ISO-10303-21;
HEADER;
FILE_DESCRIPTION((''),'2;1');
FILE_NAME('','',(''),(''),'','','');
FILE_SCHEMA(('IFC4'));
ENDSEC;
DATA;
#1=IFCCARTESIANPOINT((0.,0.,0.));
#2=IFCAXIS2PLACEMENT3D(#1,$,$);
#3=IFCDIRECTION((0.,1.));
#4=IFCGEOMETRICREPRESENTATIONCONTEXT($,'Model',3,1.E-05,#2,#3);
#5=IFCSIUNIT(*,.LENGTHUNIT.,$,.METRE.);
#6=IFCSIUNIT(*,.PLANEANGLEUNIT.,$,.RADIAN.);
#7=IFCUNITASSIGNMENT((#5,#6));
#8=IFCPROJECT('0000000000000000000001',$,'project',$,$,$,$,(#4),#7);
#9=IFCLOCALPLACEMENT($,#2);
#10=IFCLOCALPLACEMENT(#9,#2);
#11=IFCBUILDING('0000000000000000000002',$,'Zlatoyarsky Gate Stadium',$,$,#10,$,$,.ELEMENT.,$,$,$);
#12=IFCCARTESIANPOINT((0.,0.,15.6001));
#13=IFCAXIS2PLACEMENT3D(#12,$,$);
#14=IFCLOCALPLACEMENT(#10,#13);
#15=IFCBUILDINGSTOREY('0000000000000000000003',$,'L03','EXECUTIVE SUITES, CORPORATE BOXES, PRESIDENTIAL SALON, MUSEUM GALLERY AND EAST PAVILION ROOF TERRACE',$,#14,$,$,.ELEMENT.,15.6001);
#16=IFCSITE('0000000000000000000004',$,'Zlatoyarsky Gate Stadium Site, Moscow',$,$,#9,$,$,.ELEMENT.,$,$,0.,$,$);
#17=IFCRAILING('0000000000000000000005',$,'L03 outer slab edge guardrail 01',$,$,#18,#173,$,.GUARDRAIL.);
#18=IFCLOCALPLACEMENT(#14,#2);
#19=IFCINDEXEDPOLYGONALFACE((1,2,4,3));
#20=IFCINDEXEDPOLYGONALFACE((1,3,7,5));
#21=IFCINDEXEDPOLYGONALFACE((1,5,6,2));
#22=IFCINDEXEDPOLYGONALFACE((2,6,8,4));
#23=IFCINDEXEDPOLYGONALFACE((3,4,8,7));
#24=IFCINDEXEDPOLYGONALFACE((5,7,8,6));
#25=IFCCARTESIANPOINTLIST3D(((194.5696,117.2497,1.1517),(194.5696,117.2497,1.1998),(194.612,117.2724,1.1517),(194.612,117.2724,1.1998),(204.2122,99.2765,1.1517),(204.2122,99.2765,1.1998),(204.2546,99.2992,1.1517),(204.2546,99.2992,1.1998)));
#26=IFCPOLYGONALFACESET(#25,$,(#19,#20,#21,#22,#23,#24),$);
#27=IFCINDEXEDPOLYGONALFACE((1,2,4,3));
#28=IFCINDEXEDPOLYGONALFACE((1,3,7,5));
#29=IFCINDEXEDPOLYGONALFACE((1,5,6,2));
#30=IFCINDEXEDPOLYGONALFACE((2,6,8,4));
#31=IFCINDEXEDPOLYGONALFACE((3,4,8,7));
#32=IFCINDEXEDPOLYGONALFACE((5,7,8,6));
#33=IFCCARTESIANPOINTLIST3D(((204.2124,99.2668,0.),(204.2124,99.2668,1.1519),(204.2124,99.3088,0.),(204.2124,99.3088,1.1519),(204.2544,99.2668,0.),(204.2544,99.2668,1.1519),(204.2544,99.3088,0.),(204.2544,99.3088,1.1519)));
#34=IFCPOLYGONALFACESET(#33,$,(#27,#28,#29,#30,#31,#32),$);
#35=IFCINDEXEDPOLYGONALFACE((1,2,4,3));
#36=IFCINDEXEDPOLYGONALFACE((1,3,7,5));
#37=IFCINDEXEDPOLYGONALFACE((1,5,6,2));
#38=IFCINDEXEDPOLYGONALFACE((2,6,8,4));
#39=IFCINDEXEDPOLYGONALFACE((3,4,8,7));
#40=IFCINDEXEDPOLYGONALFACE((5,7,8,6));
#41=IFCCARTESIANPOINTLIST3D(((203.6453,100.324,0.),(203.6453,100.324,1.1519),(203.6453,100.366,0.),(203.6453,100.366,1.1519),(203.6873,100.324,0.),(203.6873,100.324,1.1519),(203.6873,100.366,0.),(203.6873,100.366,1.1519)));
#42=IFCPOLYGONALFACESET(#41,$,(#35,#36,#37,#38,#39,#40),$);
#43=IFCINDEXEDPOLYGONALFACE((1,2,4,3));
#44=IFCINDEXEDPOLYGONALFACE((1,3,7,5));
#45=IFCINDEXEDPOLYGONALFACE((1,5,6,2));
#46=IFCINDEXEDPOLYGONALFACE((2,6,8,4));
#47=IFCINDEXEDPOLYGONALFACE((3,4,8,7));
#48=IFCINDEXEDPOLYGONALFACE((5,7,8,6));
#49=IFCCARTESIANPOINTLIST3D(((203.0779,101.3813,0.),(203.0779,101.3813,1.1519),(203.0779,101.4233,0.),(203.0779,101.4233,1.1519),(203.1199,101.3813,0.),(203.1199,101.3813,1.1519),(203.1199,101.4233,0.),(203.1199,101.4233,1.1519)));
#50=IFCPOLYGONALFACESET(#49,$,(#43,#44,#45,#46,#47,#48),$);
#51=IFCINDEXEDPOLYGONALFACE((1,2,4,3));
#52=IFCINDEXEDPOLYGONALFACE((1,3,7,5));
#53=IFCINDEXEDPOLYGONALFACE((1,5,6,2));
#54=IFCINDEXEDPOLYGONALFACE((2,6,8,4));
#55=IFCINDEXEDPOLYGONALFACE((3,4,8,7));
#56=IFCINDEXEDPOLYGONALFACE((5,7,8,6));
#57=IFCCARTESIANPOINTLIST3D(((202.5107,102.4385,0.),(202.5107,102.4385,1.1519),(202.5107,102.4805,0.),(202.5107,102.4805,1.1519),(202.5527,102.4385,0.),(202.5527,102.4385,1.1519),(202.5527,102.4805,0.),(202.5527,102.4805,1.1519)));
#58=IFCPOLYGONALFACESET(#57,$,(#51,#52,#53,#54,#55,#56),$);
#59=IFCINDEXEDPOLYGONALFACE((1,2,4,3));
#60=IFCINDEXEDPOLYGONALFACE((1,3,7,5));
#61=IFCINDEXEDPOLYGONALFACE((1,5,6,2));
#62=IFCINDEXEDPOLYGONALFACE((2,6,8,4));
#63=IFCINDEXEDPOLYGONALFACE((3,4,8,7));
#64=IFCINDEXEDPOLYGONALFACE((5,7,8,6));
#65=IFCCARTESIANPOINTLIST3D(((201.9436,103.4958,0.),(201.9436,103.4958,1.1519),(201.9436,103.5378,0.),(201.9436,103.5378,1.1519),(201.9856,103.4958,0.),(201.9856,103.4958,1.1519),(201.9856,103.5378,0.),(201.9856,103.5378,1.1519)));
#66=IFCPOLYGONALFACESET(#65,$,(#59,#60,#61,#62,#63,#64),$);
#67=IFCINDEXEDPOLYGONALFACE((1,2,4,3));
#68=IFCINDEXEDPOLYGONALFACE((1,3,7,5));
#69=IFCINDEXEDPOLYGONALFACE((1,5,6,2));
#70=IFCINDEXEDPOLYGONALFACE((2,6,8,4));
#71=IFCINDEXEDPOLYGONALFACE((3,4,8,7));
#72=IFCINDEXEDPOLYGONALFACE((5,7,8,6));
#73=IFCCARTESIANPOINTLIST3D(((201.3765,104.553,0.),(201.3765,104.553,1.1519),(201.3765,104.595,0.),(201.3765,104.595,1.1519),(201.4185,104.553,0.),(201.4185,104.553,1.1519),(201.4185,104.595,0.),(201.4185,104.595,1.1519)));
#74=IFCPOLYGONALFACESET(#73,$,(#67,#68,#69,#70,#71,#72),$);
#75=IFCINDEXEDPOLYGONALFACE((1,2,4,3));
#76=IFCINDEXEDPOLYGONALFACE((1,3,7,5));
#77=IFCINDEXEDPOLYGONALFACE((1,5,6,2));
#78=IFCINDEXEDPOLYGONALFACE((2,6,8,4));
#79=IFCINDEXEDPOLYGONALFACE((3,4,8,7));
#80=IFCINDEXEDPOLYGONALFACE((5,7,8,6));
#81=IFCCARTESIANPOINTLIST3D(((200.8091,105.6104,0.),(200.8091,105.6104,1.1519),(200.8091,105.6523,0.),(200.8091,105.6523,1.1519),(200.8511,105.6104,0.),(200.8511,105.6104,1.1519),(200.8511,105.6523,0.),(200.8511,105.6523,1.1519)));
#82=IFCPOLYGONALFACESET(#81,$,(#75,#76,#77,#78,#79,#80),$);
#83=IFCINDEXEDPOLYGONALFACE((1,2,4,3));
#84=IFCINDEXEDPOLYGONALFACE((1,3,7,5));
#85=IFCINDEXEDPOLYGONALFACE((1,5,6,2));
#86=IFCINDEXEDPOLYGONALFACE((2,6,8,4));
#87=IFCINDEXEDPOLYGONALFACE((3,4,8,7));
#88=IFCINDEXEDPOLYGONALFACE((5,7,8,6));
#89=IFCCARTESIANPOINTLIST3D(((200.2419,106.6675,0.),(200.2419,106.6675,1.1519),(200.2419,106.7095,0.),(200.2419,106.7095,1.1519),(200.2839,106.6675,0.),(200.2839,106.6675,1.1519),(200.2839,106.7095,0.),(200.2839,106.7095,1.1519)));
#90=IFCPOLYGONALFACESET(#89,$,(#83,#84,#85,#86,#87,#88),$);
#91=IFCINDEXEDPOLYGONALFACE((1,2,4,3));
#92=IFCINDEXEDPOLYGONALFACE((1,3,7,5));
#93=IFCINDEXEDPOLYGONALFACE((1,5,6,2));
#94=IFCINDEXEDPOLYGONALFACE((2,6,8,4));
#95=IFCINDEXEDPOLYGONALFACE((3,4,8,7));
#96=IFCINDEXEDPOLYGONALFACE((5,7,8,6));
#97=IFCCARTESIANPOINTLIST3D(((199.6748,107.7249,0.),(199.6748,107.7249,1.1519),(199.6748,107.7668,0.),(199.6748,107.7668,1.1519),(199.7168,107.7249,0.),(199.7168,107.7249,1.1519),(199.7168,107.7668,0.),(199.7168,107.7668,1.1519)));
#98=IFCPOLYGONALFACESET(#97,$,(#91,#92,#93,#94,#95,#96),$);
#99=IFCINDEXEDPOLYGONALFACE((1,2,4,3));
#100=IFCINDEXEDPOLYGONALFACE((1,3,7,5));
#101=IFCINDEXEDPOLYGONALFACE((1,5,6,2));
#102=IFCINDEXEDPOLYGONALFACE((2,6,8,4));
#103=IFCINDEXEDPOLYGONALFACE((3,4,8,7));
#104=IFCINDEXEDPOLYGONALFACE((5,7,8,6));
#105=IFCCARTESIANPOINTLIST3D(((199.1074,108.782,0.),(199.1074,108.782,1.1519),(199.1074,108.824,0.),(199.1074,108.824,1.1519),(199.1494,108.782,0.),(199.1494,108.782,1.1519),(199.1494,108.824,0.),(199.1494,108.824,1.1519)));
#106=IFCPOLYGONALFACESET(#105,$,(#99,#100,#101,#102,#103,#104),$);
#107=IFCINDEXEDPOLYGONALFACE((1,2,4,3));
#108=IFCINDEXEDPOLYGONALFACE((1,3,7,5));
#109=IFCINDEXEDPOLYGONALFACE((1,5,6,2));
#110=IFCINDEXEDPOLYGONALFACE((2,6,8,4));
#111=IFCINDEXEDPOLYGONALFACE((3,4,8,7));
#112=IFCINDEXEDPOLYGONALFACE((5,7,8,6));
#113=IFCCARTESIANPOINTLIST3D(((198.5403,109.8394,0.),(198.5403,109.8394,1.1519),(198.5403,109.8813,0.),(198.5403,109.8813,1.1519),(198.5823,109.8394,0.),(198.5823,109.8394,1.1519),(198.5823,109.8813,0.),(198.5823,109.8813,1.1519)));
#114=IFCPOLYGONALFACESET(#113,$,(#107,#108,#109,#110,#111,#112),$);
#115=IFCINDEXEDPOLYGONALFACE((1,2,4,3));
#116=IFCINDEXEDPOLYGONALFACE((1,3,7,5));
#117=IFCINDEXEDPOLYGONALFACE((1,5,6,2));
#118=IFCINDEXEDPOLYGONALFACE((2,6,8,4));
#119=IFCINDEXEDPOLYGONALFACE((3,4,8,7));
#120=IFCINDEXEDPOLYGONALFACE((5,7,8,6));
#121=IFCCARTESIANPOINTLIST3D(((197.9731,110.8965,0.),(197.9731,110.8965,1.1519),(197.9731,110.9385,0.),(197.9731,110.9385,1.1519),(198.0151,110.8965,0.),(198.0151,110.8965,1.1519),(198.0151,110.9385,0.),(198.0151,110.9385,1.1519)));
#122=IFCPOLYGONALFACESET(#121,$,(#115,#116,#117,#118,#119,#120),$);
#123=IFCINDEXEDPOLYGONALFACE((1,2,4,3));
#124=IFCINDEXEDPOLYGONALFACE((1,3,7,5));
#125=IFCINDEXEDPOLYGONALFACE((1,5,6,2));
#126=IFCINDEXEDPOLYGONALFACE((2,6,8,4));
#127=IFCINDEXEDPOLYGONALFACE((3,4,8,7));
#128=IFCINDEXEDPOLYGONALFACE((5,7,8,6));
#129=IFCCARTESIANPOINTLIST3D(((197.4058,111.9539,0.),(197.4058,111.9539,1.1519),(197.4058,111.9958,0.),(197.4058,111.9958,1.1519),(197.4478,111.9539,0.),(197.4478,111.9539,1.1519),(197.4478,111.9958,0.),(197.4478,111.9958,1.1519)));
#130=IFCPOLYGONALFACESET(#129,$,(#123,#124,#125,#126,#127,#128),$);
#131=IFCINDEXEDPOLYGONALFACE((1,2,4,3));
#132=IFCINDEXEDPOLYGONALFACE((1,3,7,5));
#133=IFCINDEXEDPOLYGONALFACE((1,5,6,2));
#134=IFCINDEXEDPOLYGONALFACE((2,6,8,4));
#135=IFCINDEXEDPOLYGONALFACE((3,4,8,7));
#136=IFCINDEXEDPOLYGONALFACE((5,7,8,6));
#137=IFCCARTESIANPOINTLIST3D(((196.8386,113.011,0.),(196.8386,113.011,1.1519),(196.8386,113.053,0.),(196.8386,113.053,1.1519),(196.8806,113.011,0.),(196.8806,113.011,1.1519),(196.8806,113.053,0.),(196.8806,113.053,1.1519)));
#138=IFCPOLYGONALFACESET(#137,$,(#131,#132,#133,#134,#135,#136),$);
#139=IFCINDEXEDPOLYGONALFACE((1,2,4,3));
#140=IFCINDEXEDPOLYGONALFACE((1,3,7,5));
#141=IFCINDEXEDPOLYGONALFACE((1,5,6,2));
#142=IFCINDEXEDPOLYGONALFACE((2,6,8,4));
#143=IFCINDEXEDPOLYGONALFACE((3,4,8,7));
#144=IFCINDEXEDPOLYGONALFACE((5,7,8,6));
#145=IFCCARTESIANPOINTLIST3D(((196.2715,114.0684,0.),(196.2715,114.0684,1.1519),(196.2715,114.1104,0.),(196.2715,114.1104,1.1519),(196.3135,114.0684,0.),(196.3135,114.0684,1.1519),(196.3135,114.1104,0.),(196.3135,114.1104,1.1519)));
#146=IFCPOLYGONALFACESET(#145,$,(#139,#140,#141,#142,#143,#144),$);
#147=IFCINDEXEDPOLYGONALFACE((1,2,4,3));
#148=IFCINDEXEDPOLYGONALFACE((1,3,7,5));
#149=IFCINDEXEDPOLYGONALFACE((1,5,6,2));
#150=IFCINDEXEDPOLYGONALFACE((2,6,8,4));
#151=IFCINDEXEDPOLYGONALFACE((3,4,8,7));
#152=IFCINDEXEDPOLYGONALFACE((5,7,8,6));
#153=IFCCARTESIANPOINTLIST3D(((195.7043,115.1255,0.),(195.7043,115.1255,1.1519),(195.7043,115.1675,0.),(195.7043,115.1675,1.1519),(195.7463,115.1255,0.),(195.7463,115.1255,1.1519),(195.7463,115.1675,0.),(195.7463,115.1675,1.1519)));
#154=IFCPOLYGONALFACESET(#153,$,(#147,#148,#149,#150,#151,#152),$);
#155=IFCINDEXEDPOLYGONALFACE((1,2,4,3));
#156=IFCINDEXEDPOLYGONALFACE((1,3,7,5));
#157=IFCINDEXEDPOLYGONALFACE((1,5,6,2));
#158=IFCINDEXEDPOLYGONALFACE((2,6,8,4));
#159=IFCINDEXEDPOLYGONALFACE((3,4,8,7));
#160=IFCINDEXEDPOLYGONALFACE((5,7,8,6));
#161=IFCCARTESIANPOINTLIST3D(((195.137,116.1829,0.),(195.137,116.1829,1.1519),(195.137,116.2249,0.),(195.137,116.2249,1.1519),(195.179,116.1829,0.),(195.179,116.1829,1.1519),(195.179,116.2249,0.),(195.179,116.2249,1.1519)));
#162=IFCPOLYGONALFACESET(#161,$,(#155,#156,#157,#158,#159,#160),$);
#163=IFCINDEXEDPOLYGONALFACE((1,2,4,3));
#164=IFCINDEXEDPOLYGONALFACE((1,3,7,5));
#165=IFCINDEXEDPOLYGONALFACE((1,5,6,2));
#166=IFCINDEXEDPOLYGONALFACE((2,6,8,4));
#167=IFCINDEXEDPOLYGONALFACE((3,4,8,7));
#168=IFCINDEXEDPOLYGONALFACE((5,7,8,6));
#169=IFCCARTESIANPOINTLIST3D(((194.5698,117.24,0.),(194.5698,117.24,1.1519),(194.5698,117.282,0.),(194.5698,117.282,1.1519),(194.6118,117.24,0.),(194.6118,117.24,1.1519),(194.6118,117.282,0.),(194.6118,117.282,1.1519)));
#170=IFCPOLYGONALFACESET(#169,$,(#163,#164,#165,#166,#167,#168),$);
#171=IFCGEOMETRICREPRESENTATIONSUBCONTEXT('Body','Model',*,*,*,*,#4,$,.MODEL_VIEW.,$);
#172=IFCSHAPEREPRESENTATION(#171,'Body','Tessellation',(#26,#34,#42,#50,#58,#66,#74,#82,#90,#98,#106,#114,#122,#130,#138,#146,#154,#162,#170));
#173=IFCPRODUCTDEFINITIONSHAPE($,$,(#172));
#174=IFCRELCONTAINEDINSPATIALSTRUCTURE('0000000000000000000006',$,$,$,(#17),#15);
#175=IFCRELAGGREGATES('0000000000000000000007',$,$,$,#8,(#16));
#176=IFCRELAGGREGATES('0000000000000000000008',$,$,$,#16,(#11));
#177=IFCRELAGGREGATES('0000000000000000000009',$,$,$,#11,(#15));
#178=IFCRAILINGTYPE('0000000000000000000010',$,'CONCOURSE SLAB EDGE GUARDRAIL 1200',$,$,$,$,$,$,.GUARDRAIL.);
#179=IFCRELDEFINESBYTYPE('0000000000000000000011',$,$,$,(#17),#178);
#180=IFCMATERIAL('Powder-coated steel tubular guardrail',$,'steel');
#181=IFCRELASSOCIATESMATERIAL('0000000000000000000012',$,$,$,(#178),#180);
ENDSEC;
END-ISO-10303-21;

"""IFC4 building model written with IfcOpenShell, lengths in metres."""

from ifc_helpers import new_model, si_unit, direction, frame, origin, origin_2d, place, context, subcontext, project, spatial, rectangle, extrude, material, type_object, element, save


model = new_model("IFC4")

# Units and contexts
model_context = context("Model", 3, precision=1e-05, world=origin(), true_north=direction((0.0, 1.0)))
body_context = subcontext(model_context, "Body", "Model", "MODEL_VIEW")
ifc_project = project(units=[si_unit("LENGTHUNIT", "METRE"), si_unit("PLANEANGLEUNIT", "RADIAN")], contexts=[model_context])

# Site, building, storey
site_placement = place(None, origin())
site = spatial("IfcSite", under=ifc_project, at=site_placement, Name="Zlatoyarsky Gate Stadium Site, Moscow", CompositionType="ELEMENT", RefElevation=0.0)
building_placement = place(site_placement, origin())
building = spatial("IfcBuilding", under=site, at=building_placement, Name="Zlatoyarsky Gate Stadium", CompositionType="ELEMENT")
storey_placement = place(building_placement, frame((0.0, 0.0, 15.6001)))
storey = spatial("IfcBuildingStorey", under=building, at=storey_placement, Name="L03", Description="EXECUTIVE SUITES, CORPORATE BOXES, PRESIDENTIAL SALON, MUSEUM GALLERY AND EAST PAVILION ROOF TERRACE", CompositionType="ELEMENT", Elevation=15.6001)

# Railing
ifc_material_1 = material(Name="Powder-coated steel tubular guardrail", Category="steel")
railing_type = type_object("IfcRailingType", Name="CONCOURSE SLAB EDGE GUARDRAIL 1200", PredefinedType="GUARDRAIL", material=ifc_material_1)
railing_placement = place(storey_placement, frame((204.2334, 99.2878, 0.0)))
element("IfcRailing", 1, at=railing_placement, inside=storey, type_object=railing_type, Name="L03 outer slab edge guardrail 01", PredefinedType="GUARDRAIL", context=body_context, shape_type="SweptSolid", body=[
    extrude(rectangle(XDim=0.0481, YDim=0.0481, at=origin_2d()), frame((0.0, 0.0, 1.1758), z_axis=(-0.472759, 0.881192, 0.0), x_axis=(-0.881192, -0.472759, 0.0)), (0.0, 0.0, 1.0), 20.3965),
    extrude(rectangle(XDim=0.042, YDim=0.042, at=origin_2d()), origin(), (0.0, 0.0, 1.0), 1.1519),
    extrude(rectangle(XDim=0.042, YDim=0.042, at=origin_2d()), frame((-0.5671, 1.0571, 0.0)), (0.0, 0.0, 1.0), 1.1519),
    extrude(rectangle(XDim=0.042, YDim=0.042, at=origin_2d()), frame((-1.1345, 2.1145, 0.0)), (0.0, 0.0, 1.0), 1.1519),
    extrude(rectangle(XDim=0.042, YDim=0.042, at=origin_2d()), frame((-1.7017, 3.1716, 0.0)), (0.0, 0.0, 1.0), 1.1519),
    extrude(rectangle(XDim=0.042, YDim=0.042, at=origin_2d()), frame((-2.2688, 4.229, 0.0)), (0.0, 0.0, 1.0), 1.1519),
    extrude(rectangle(XDim=0.042, YDim=0.042, at=origin_2d()), frame((-2.8359, 5.2861, 0.0)), (0.0, 0.0, 1.0), 1.1519),
    extrude(rectangle(XDim=0.042, YDim=0.042, at=origin_2d()), frame((-3.4033, 6.3435, 0.0)), (0.0, 0.0, 1.0), 1.1519),
    extrude(rectangle(XDim=0.042, YDim=0.042, at=origin_2d()), frame((-3.9705, 7.4006, 0.0)), (0.0, 0.0, 1.0), 1.1519),
    extrude(rectangle(XDim=0.042, YDim=0.042, at=origin_2d()), frame((-4.5376, 8.458, 0.0)), (0.0, 0.0, 1.0), 1.1519),
    extrude(rectangle(XDim=0.042, YDim=0.042, at=origin_2d()), frame((-5.105, 9.5151, 0.0)), (0.0, 0.0, 1.0), 1.1519),
    extrude(rectangle(XDim=0.042, YDim=0.042, at=origin_2d()), frame((-5.6721, 10.5725, 0.0)), (0.0, 0.0, 1.0), 1.1519),
    extrude(rectangle(XDim=0.042, YDim=0.042, at=origin_2d()), frame((-6.2393, 11.6296, 0.0)), (0.0, 0.0, 1.0), 1.1519),
    extrude(rectangle(XDim=0.042, YDim=0.042, at=origin_2d()), frame((-6.8066, 12.687, 0.0)), (0.0, 0.0, 1.0), 1.1519),
    extrude(rectangle(XDim=0.042, YDim=0.042, at=origin_2d()), frame((-7.3738, 13.7441, 0.0)), (0.0, 0.0, 1.0), 1.1519),
    extrude(rectangle(XDim=0.042, YDim=0.042, at=origin_2d()), frame((-7.9409, 14.8015, 0.0)), (0.0, 0.0, 1.0), 1.1519),
    extrude(rectangle(XDim=0.042, YDim=0.042, at=origin_2d()), frame((-8.5081, 15.8586, 0.0)), (0.0, 0.0, 1.0), 1.1519),
    extrude(rectangle(XDim=0.042, YDim=0.042, at=origin_2d()), frame((-9.0754, 16.916, 0.0)), (0.0, 0.0, 1.0), 1.1519),
    extrude(rectangle(XDim=0.042, YDim=0.042, at=origin_2d()), frame((-9.6426, 17.9731, 0.0)), (0.0, 0.0, 1.0), 1.1519),
])

save(model, "model.ifc")
